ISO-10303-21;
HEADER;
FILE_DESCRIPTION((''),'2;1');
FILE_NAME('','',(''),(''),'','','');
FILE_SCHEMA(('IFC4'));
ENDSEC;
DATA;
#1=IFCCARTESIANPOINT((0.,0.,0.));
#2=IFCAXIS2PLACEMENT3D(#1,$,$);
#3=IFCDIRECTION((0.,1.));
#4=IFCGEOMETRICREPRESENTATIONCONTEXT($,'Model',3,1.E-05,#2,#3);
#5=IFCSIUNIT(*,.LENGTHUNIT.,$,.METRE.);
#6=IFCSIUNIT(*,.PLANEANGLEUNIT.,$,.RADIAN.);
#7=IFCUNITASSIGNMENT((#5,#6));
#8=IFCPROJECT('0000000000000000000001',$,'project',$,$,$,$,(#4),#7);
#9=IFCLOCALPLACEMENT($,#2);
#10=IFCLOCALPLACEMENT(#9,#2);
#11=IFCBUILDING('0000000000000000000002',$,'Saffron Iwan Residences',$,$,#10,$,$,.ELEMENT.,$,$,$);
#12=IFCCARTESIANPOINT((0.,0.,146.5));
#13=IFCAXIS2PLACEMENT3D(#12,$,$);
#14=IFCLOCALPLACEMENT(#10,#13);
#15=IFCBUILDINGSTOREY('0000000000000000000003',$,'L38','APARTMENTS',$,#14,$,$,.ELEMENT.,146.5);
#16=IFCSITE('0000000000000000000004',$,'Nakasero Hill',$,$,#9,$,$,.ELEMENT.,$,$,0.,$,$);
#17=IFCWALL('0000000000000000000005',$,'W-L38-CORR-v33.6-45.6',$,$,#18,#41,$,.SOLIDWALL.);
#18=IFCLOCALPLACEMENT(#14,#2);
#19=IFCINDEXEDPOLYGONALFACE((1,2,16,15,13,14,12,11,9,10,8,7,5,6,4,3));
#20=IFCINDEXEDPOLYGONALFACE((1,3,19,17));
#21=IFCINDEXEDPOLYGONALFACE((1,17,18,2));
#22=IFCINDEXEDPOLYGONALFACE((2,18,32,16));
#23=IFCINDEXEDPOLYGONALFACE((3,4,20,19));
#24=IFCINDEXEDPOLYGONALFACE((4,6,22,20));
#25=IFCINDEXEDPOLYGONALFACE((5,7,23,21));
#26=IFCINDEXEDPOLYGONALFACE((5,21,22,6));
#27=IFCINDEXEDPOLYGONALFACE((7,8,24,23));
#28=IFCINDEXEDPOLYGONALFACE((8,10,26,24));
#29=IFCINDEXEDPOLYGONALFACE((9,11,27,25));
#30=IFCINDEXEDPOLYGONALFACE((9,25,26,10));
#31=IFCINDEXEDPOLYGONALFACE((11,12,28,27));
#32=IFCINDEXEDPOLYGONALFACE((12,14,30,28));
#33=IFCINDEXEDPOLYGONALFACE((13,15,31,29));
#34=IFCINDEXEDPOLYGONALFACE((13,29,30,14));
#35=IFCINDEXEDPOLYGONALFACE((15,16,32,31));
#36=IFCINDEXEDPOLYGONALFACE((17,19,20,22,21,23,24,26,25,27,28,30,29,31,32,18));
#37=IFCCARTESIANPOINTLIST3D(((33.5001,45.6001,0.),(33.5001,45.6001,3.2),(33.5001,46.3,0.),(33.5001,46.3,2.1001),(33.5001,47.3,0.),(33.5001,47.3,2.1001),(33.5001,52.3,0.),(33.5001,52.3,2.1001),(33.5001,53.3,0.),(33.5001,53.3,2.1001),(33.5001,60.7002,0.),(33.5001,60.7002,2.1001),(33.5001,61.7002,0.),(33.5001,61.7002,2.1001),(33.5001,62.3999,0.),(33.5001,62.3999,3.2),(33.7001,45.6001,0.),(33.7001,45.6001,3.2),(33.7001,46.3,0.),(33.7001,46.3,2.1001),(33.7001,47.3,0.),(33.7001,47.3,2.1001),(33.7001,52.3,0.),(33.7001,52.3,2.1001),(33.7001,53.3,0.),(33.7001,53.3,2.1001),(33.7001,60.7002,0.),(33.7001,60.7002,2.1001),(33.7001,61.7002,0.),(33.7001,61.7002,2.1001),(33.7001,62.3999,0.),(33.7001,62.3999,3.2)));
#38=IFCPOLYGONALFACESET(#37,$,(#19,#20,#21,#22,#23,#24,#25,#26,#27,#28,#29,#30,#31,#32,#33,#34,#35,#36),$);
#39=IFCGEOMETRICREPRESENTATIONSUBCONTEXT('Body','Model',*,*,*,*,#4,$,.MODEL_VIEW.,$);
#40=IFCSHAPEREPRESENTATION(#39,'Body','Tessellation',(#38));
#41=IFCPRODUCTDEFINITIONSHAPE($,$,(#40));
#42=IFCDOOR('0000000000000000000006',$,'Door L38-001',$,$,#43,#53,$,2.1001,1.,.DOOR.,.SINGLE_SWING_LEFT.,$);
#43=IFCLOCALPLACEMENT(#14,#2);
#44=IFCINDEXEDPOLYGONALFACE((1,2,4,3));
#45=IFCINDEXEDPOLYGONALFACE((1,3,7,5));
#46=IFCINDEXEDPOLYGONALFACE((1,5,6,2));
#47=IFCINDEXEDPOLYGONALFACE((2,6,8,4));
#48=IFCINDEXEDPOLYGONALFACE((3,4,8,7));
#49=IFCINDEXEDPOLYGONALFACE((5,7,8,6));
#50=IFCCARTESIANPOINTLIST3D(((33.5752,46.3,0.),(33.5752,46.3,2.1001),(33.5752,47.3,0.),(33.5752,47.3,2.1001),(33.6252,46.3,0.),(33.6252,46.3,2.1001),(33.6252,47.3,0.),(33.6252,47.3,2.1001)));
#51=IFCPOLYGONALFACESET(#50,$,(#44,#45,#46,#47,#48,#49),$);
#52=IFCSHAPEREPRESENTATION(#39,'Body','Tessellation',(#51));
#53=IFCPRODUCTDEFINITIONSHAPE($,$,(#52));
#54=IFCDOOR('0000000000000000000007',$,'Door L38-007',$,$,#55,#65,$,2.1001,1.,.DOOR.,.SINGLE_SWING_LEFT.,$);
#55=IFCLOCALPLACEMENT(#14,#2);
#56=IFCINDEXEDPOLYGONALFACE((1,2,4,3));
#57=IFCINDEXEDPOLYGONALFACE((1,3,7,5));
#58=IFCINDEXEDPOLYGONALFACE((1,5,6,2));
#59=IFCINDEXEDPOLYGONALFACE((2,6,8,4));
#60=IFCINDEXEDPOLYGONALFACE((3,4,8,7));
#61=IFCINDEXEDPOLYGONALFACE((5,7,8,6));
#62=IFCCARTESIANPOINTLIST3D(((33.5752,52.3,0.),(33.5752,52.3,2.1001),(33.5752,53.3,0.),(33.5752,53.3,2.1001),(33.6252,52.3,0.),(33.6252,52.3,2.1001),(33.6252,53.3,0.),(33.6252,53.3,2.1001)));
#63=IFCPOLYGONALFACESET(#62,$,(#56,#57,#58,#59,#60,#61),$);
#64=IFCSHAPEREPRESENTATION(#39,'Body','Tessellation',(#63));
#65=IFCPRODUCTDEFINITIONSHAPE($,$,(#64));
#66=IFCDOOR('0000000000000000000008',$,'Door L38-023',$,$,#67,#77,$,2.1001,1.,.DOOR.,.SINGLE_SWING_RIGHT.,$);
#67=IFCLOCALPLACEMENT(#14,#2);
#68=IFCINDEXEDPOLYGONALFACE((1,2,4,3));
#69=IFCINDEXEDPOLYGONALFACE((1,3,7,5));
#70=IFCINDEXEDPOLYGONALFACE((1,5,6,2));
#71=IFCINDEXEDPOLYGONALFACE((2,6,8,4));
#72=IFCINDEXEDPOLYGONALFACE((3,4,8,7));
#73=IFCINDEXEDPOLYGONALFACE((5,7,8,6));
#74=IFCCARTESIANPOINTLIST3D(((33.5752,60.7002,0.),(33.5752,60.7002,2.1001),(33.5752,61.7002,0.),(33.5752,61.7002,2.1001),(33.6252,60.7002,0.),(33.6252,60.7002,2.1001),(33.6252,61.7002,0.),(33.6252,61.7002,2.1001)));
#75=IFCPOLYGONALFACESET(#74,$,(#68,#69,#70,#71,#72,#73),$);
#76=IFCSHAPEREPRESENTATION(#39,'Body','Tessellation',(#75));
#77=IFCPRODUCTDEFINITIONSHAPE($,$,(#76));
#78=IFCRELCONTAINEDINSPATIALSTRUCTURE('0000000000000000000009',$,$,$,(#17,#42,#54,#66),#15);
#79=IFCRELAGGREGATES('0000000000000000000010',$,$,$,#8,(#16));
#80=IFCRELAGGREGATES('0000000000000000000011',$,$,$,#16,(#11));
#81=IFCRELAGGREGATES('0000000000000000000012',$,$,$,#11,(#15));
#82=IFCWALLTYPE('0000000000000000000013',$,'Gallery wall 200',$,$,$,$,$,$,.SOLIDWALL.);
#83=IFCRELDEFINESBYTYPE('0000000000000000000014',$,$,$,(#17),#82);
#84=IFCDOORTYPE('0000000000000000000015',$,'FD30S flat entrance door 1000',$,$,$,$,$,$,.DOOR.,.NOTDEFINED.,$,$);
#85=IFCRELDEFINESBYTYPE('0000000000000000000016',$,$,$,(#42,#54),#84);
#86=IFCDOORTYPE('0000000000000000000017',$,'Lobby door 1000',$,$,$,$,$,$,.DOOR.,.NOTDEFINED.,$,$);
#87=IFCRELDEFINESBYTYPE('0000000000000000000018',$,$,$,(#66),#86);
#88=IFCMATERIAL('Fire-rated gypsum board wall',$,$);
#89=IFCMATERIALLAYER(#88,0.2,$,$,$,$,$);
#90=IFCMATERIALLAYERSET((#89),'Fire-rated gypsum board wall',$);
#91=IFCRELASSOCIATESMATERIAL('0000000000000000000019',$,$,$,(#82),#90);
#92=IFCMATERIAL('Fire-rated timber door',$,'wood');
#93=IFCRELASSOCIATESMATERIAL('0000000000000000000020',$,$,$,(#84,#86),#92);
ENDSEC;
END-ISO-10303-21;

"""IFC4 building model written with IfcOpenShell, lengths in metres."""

from ifc_helpers import new_model, si_unit, direction, frame, frame_2d, origin, place, context, subcontext, project, spatial, rectangle, extrude, material, layer, layer_set, type_object, element, fill, save


model = new_model("IFC4")

# Units and contexts
model_context = context("Model", 3, precision=1e-05, world=origin(), true_north=direction((0.0, 1.0)))
body_context = subcontext(model_context, "Body", "Model", "MODEL_VIEW")
ifc_project = project(units=[si_unit("LENGTHUNIT", "METRE"), si_unit("PLANEANGLEUNIT", "RADIAN")], contexts=[model_context])

# Site, building, storey
site_placement = place(None, origin())
site = spatial("IfcSite", under=ifc_project, at=site_placement, Name="Nakasero Hill", CompositionType="ELEMENT", RefElevation=0.0)
building_placement = place(site_placement, origin())
building = spatial("IfcBuilding", under=site, at=building_placement, Name="Saffron Iwan Residences", CompositionType="ELEMENT")
storey_placement = place(building_placement, frame((0.0, 0.0, 146.5)))
storey = spatial("IfcBuildingStorey", under=building, at=storey_placement, Name="L38", Description="APARTMENTS", CompositionType="ELEMENT", Elevation=146.5)

# Shared definitions
ifc_material_1 = material(Name="Fire-rated gypsum board wall")
ifc_layer_1 = layer(ifc_material_1, 0.2)
ifc_layer_set_1 = layer_set([ifc_layer_1], Name="Fire-rated gypsum board wall")
wall_type_1 = type_object("IfcWallType", Name="Gallery wall 200", PredefinedType="SOLIDWALL", material=ifc_layer_set_1)

# Wall, openings, doors
wall_1_placement = place(storey_placement, frame((33.6001, 45.6001, 0.0), z_axis=(0.0, 0.0, 1.0), x_axis=(0.0, 1.0, 0.0)))
wall_1 = element("IfcWall", 1, at=wall_1_placement, inside=storey, type_object=wall_type_1, Name="W-L38-CORR-v33.6-45.6", PredefinedType="SOLIDWALL", context=body_context, shape_type="SweptSolid", body=[
    extrude(rectangle(XDim=16.7998, YDim=0.2, at=frame_2d((8.3999, 0.0))), origin(), (0.0, 0.0, 1.0), 3.2),
])
opening_1_placement = place(wall_1_placement, frame((0.7, 0.0, 0.0)))
opening_1 = element("IfcOpeningElement", 2, at=opening_1_placement, cuts=wall_1, PredefinedType="OPENING", context=body_context, shape_type="SweptSolid", body=[
    extrude(rectangle(XDim=1.0, YDim=2.1001, at=frame_2d((0.5, 1.05))), frame((0.0, 0.1099, 0.0), z_axis=(0.0, -1.0, 0.0), x_axis=(1.0, 0.0, 0.0)), (0.0, 0.0, 1.0), 0.22),
])
opening_2_placement = place(wall_1_placement, frame((6.7, 0.0, 0.0)))
opening_2 = element("IfcOpeningElement", 3, at=opening_2_placement, cuts=wall_1, PredefinedType="OPENING", context=body_context, shape_type="SweptSolid", body=[
    extrude(rectangle(XDim=1.0, YDim=2.1001, at=frame_2d((0.5, 1.05))), frame((0.0, 0.1099, 0.0), z_axis=(0.0, -1.0, 0.0), x_axis=(1.0, 0.0, 0.0)), (0.0, 0.0, 1.0), 0.22),
])
opening_3_placement = place(wall_1_placement, frame((15.1001, 0.0, 0.0)))
opening_3 = element("IfcOpeningElement", 4, at=opening_3_placement, cuts=wall_1, PredefinedType="OPENING", context=body_context, shape_type="SweptSolid", body=[
    extrude(rectangle(XDim=1.0, YDim=2.1001, at=frame_2d((0.5, 1.05))), frame((0.0, 0.1099, 0.0), z_axis=(0.0, -1.0, 0.0), x_axis=(1.0, 0.0, 0.0)), (0.0, 0.0, 1.0), 0.22),
])
ifc_material_2 = material(Name="Fire-rated timber door", Category="wood")
door_type_1 = type_object("IfcDoorType", Name="FD30S flat entrance door 1000", OperationType="NOTDEFINED", PredefinedType="DOOR", material=ifc_material_2)
door_1_placement = place(opening_1_placement, origin())
door_1 = element("IfcDoor", 5, at=door_1_placement, inside=storey, type_object=door_type_1, Name="Door L38-001", OperationType="SINGLE_SWING_LEFT", OverallHeight=2.1001, OverallWidth=1.0, PredefinedType="DOOR", context=body_context, shape_type="SweptSolid", body=[
    extrude(rectangle(XDim=1.0, YDim=2.1001, at=frame_2d((0.5, 1.05))), frame((0.0, 0.0249, 0.0), z_axis=(0.0, -1.0, 0.0), x_axis=(1.0, 0.0, 0.0)), (0.0, 0.0, 1.0), 0.05),
])
fill(opening_1, door_1)
door_2_placement = place(opening_2_placement, origin())
door_2 = element("IfcDoor", 6, at=door_2_placement, inside=storey, type_object=door_type_1, Name="Door L38-007", OperationType="SINGLE_SWING_LEFT", OverallHeight=2.1001, OverallWidth=1.0, PredefinedType="DOOR", context=body_context, shape_type="SweptSolid", body=[
    extrude(rectangle(XDim=1.0, YDim=2.1001, at=frame_2d((0.5, 1.05))), frame((0.0, 0.0249, 0.0), z_axis=(0.0, -1.0, 0.0), x_axis=(1.0, 0.0, 0.0)), (0.0, 0.0, 1.0), 0.05),
])
fill(opening_2, door_2)
door_type_2 = type_object("IfcDoorType", Name="Lobby door 1000", OperationType="NOTDEFINED", PredefinedType="DOOR", material=ifc_material_2)
door_3_placement = place(opening_3_placement, origin())
door_3 = element("IfcDoor", 7, at=door_3_placement, inside=storey, type_object=door_type_2, Name="Door L38-023", OperationType="SINGLE_SWING_RIGHT", OverallHeight=2.1001, OverallWidth=1.0, PredefinedType="DOOR", context=body_context, shape_type="SweptSolid", body=[
    extrude(rectangle(XDim=1.0, YDim=2.1001, at=frame_2d((0.5, 1.05))), frame((0.0, 0.0249, 0.0), z_axis=(0.0, -1.0, 0.0), x_axis=(1.0, 0.0, 0.0)), (0.0, 0.0, 1.0), 0.05),
])
fill(opening_3, door_3)

save(model, "model.ifc")
